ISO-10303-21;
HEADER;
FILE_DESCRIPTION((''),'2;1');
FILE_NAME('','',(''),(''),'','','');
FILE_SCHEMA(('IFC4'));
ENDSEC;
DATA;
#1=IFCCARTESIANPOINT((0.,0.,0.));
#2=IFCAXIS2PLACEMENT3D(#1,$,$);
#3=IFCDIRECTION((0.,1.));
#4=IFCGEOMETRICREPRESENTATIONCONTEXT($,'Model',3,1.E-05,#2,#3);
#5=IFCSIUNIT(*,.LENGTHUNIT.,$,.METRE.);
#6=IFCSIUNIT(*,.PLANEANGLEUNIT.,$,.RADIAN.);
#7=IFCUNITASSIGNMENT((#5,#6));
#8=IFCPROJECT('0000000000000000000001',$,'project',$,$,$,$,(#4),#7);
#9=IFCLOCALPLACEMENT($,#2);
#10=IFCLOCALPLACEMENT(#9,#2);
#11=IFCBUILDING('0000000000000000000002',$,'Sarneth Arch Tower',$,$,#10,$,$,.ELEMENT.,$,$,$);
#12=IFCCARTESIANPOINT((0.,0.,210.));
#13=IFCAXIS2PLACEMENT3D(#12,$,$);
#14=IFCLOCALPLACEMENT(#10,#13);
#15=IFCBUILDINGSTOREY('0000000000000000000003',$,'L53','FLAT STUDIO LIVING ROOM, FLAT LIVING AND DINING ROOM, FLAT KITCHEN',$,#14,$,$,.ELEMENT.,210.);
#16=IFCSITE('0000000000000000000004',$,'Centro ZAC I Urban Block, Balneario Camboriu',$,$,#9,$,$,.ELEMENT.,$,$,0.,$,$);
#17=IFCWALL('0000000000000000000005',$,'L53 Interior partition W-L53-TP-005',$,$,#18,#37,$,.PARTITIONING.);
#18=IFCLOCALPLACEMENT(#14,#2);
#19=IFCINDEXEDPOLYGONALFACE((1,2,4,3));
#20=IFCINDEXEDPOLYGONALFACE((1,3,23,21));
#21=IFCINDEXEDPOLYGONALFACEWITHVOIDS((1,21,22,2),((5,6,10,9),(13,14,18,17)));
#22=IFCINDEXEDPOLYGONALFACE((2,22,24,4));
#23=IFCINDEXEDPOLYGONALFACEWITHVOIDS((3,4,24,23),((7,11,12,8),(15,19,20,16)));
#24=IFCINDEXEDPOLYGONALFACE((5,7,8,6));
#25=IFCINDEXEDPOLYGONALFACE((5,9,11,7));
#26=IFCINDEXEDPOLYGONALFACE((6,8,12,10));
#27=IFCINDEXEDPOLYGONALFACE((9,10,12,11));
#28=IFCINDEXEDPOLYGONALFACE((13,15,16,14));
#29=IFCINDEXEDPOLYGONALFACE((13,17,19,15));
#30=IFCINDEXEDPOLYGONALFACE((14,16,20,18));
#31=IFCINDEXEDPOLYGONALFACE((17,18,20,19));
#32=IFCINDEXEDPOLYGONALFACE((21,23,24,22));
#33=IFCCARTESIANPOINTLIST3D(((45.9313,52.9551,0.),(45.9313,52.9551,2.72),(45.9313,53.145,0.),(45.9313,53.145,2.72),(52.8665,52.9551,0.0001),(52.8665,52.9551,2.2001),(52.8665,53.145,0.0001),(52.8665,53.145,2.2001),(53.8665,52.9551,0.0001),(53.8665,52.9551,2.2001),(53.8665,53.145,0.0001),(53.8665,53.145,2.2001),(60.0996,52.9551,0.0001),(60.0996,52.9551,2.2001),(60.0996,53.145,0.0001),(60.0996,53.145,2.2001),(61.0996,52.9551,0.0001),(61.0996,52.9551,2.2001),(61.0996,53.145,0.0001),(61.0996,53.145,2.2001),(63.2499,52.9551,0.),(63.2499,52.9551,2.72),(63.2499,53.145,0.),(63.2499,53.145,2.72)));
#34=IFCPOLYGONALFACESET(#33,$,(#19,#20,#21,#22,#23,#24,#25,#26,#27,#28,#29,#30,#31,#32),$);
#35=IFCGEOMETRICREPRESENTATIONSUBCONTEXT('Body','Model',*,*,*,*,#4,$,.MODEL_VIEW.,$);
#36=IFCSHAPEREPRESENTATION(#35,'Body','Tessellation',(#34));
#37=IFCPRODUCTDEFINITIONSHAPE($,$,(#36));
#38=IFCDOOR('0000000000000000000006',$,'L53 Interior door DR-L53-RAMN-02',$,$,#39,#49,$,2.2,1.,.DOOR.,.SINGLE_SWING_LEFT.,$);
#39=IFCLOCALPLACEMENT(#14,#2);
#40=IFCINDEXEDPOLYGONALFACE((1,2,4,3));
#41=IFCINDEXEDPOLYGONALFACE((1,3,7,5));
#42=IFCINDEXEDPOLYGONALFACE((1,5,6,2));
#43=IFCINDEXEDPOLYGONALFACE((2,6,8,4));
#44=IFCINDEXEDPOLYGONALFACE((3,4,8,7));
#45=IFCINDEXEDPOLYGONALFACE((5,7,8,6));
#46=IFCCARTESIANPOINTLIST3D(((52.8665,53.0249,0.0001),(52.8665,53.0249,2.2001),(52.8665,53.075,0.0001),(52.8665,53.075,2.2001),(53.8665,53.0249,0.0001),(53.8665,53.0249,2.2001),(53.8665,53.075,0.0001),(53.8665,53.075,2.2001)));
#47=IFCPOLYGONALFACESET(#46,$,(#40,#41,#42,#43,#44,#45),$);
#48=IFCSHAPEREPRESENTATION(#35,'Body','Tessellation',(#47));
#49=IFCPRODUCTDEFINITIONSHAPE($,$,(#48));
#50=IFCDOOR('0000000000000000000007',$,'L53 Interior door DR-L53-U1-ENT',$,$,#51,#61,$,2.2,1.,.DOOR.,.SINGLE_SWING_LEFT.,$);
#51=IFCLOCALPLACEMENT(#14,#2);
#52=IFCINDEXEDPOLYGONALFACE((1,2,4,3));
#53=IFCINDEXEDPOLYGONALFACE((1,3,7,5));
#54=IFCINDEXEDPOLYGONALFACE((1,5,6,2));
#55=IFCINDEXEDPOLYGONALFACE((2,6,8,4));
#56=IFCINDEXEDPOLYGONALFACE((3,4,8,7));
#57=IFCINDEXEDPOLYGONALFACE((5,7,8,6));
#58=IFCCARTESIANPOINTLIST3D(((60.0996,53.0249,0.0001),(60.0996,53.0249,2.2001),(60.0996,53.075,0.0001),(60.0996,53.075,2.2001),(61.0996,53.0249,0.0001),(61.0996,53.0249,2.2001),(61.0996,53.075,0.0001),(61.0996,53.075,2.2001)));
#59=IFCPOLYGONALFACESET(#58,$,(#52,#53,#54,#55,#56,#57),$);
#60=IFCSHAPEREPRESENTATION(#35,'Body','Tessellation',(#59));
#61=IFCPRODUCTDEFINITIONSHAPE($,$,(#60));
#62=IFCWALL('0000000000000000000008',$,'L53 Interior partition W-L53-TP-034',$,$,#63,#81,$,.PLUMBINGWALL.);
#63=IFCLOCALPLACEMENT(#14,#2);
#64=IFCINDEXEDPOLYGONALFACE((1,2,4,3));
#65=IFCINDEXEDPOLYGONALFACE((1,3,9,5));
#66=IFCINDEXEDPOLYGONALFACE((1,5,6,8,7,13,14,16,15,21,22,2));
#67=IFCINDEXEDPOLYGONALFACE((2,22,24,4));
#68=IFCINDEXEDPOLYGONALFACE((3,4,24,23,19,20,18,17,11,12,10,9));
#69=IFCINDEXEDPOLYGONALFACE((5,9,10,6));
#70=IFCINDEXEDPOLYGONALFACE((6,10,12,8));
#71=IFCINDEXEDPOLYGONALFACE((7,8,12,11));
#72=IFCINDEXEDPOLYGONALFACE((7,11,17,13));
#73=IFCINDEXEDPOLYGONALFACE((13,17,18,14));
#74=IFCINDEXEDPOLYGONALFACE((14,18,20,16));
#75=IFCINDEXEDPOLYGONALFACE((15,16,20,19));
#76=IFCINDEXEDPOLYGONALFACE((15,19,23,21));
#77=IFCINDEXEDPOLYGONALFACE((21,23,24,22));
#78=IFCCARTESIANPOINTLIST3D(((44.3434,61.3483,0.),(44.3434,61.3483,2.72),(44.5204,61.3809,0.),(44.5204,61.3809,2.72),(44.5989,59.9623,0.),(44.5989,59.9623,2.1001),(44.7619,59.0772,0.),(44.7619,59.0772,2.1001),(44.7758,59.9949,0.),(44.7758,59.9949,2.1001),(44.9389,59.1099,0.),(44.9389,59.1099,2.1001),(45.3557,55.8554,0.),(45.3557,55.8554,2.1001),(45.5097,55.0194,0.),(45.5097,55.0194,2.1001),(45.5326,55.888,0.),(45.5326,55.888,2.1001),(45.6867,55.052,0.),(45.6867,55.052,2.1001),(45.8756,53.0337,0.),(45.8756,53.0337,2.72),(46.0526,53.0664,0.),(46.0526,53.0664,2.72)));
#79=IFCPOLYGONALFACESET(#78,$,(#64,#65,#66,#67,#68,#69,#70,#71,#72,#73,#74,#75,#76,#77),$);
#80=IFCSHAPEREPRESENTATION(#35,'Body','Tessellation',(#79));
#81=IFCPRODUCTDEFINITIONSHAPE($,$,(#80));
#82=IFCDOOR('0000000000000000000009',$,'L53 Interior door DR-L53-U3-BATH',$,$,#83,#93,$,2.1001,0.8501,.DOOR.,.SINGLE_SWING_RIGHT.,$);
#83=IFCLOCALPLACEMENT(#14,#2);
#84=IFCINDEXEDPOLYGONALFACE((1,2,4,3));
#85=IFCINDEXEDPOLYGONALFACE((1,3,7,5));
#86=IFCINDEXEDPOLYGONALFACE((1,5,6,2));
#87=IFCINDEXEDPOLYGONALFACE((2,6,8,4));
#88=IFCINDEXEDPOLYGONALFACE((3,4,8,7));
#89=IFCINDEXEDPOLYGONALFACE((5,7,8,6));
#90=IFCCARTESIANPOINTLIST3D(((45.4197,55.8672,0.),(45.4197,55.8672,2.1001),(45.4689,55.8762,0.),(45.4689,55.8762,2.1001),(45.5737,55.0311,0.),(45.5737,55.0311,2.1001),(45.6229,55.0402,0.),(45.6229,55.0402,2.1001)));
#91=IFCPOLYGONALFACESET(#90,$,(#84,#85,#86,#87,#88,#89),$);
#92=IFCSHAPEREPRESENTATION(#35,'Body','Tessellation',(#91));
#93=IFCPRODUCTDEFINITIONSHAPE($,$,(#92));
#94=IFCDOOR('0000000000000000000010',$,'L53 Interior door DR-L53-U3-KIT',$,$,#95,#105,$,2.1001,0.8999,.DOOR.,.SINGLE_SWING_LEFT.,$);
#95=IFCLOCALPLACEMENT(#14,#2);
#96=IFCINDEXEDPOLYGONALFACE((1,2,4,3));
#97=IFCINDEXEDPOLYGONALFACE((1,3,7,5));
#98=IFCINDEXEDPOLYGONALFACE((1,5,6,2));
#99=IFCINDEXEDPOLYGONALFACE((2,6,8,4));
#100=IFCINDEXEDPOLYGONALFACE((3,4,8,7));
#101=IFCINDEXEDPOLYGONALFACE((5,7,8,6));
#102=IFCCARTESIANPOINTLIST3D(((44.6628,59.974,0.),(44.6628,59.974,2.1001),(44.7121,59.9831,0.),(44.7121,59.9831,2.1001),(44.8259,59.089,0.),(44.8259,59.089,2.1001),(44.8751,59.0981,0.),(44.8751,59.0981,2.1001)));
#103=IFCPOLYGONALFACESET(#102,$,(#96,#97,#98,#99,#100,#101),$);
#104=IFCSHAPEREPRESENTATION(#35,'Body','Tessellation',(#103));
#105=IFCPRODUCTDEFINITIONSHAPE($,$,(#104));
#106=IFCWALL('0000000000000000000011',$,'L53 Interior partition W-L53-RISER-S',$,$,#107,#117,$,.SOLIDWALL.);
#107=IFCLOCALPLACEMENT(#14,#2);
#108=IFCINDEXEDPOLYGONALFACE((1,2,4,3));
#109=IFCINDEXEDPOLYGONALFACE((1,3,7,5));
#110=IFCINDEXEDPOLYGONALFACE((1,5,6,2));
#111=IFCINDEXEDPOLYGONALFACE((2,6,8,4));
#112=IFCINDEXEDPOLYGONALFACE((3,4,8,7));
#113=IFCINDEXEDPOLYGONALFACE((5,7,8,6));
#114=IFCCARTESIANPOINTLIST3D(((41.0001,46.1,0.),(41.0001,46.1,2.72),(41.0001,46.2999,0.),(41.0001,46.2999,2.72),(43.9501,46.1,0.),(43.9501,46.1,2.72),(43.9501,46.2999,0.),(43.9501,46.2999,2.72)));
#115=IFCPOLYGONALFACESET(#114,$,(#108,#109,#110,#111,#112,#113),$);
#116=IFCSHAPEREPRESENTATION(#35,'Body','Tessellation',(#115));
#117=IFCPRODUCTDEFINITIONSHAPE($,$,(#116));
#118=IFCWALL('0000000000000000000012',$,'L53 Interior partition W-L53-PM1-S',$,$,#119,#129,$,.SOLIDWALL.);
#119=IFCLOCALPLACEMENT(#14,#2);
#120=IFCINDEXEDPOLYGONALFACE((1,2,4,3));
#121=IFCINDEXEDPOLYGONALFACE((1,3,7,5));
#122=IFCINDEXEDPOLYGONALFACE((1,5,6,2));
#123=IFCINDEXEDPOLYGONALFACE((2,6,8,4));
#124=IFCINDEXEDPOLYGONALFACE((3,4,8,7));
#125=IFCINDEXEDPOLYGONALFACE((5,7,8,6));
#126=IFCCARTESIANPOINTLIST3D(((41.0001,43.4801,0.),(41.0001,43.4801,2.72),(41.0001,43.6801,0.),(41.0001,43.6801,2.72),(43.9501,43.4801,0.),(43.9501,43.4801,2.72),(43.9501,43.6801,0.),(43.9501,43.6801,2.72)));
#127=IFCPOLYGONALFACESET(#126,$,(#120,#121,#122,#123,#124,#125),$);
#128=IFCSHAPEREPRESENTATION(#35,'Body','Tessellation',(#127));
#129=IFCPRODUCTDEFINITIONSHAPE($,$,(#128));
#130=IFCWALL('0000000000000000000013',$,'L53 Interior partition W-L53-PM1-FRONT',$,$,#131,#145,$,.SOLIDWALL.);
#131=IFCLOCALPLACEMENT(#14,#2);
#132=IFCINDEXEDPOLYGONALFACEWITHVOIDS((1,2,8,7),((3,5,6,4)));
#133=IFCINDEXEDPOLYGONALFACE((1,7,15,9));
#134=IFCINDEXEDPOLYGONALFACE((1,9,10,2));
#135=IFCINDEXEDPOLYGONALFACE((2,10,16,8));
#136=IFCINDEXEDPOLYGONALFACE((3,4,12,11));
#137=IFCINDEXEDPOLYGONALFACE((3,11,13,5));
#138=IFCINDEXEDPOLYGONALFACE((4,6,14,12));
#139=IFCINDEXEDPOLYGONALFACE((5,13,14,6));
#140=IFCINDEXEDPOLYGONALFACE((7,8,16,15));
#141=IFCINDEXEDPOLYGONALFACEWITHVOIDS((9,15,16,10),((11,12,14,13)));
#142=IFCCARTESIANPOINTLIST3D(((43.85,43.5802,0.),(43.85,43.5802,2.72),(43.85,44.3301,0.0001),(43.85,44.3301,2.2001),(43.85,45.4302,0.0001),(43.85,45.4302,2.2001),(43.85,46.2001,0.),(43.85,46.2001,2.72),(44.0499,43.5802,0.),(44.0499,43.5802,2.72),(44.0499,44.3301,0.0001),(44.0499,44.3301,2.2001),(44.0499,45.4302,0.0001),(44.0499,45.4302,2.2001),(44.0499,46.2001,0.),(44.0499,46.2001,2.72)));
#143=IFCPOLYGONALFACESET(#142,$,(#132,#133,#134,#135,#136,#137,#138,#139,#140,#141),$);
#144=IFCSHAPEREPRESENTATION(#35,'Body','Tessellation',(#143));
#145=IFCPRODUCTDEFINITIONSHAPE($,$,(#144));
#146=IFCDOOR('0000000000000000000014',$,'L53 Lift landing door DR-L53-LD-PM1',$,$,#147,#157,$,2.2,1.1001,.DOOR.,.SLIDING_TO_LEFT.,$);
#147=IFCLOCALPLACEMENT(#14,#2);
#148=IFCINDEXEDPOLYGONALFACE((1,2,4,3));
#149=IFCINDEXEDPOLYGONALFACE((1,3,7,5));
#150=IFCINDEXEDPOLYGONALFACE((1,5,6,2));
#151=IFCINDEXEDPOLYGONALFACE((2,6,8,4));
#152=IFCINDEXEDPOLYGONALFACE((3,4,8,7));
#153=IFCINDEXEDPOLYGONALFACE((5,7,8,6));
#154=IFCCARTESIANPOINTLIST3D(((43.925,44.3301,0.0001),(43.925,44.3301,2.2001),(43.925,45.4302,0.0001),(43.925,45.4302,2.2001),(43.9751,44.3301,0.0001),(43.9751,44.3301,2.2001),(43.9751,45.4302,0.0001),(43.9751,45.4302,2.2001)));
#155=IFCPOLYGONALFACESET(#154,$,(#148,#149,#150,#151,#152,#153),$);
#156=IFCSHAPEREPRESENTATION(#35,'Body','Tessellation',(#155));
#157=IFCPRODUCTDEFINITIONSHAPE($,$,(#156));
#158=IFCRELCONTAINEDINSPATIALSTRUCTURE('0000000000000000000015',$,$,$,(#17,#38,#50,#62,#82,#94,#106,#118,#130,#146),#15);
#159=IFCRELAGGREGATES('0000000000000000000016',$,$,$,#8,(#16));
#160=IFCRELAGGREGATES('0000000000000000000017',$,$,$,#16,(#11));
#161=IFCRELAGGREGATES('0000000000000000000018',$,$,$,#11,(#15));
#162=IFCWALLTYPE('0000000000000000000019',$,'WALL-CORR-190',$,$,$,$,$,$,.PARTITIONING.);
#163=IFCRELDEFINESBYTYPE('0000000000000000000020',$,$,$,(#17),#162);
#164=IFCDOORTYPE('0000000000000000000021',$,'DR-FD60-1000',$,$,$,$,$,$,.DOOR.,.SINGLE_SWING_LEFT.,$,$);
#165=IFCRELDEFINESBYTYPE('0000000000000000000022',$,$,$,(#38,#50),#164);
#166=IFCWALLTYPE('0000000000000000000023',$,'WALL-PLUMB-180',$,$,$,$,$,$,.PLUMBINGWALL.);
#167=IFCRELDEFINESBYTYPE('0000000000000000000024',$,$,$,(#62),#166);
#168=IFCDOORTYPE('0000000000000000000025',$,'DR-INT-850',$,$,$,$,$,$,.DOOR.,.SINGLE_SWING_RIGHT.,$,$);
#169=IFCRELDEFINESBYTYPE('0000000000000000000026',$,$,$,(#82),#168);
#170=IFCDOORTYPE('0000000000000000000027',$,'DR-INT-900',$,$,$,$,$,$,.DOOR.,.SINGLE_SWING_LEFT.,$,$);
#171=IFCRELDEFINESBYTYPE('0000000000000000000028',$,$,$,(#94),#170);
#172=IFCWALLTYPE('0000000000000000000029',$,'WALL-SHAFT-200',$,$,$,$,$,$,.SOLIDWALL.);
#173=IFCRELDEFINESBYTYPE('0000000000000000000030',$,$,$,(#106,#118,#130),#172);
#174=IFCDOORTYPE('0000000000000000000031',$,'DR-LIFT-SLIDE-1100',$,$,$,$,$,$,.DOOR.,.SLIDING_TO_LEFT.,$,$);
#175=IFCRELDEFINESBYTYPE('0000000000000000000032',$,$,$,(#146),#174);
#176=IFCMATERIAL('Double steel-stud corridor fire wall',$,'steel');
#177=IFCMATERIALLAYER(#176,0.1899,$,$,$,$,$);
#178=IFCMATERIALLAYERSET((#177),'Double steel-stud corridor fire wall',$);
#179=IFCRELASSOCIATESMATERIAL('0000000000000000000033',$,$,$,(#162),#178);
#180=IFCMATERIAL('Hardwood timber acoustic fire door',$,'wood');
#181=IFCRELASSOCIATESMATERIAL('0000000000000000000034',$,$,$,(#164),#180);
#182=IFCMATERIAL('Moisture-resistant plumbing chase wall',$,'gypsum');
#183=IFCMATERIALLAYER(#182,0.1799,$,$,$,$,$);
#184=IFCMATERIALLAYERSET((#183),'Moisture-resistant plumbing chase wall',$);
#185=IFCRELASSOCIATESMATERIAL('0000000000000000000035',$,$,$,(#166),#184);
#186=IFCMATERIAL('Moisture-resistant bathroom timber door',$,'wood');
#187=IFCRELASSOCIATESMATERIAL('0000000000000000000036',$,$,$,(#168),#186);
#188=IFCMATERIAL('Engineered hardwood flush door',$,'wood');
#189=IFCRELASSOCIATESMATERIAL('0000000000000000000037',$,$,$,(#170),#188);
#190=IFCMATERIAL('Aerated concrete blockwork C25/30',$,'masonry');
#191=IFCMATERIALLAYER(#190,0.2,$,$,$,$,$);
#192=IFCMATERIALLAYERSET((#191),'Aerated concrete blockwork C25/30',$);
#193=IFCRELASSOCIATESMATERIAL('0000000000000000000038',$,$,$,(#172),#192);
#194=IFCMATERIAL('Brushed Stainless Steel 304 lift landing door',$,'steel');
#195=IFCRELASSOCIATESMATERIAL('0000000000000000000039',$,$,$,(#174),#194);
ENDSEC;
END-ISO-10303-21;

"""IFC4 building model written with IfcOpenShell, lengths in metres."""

from ifc_helpers import new_model, si_unit, direction, frame, frame_2d, origin, place, context, subcontext, project, spatial, rectangle, extrude, material, layer, layer_set, type_object, element, fill, save


model = new_model("IFC4")

# Units and contexts
model_context = context("Model", 3, precision=1e-05, world=origin(), true_north=direction((0.0, 1.0)))
body_context = subcontext(model_context, "Body", "Model", "MODEL_VIEW")
ifc_project = project(units=[si_unit("LENGTHUNIT", "METRE"), si_unit("PLANEANGLEUNIT", "RADIAN")], contexts=[model_context])

# Site, building, storey
site_placement = place(None, origin())
site = spatial("IfcSite", under=ifc_project, at=site_placement, Name="Centro ZAC I Urban Block, Balneario Camboriu", CompositionType="ELEMENT", RefElevation=0.0)
building_placement = place(site_placement, origin())
building = spatial("IfcBuilding", under=site, at=building_placement, Name="Sarneth Arch Tower", CompositionType="ELEMENT")
storey_placement = place(building_placement, frame((0.0, 0.0, 210.0)))
storey = spatial("IfcBuildingStorey", under=building, at=storey_placement, Name="L53", Description="FLAT STUDIO LIVING ROOM, FLAT LIVING AND DINING ROOM, FLAT KITCHEN", CompositionType="ELEMENT", Elevation=210.0)

# Walls, openings, doors
ifc_material_1 = material(Name="Double steel-stud corridor fire wall", Category="steel")
ifc_layer_1 = layer(ifc_material_1, 0.1899)
ifc_layer_set_1 = layer_set([ifc_layer_1], Name="Double steel-stud corridor fire wall")
wall_type_1 = type_object("IfcWallType", Name="WALL-CORR-190", PredefinedType="PARTITIONING", material=ifc_layer_set_1)
wall_1_placement = place(storey_placement, frame((45.9314, 53.05, 0.0), z_axis=(0.0, 0.0, 1.0), x_axis=(1.0, 0.0, 0.0)))
wall_1 = element("IfcWall", 1, at=wall_1_placement, inside=storey, type_object=wall_type_1, Name="L53 Interior partition W-L53-TP-005", PredefinedType="PARTITIONING", context=body_context, shape_type="SweptSolid", body=[
    extrude(rectangle(XDim=17.3186, YDim=0.1899, at=frame_2d((8.6592, 0.0))), origin(), (0.0, 0.0, 1.0), 2.72),
])
opening_1_placement = place(wall_1_placement, frame((6.9351, 0.0, 0.0)))
opening_1 = element("IfcOpeningElement", 2, at=opening_1_placement, cuts=wall_1, PredefinedType="OPENING", context=body_context, shape_type="SweptSolid", body=[
    extrude(rectangle(XDim=1.0, YDim=2.2, at=frame_2d((0.5, 1.1001))), frame((0.0, 0.105, 0.0), z_axis=(0.0, -1.0, 0.0), x_axis=(1.0, 0.0, 0.0)), (0.0, 0.0, 1.0), 0.21),
])
opening_2_placement = place(wall_1_placement, frame((14.1682, 0.0, 0.0)))
opening_2 = element("IfcOpeningElement", 3, at=opening_2_placement, cuts=wall_1, PredefinedType="OPENING", context=body_context, shape_type="SweptSolid", body=[
    extrude(rectangle(XDim=1.0, YDim=2.2, at=frame_2d((0.5, 1.1001))), frame((0.0, 0.105, 0.0), z_axis=(0.0, -1.0, 0.0), x_axis=(1.0, 0.0, 0.0)), (0.0, 0.0, 1.0), 0.21),
])
ifc_material_2 = material(Name="Hardwood timber acoustic fire door", Category="wood")
door_type_1 = type_object("IfcDoorType", Name="DR-FD60-1000", OperationType="SINGLE_SWING_LEFT", PredefinedType="DOOR", material=ifc_material_2)
door_1_placement = place(opening_1_placement, origin())
door_1 = element("IfcDoor", 4, at=door_1_placement, inside=storey, type_object=door_type_1, Name="L53 Interior door DR-L53-RAMN-02", OperationType="SINGLE_SWING_LEFT", OverallHeight=2.2, OverallWidth=1.0, PredefinedType="DOOR", context=body_context, shape_type="SweptSolid", body=[
    extrude(rectangle(XDim=1.0, YDim=2.2, at=frame_2d((0.5, 1.1001))), frame((0.0, 0.0249, 0.0), z_axis=(0.0, -1.0, 0.0), x_axis=(1.0, 0.0, 0.0)), (0.0, 0.0, 1.0), 0.05),
])
fill(opening_1, door_1)
door_2_placement = place(opening_2_placement, origin())
door_2 = element("IfcDoor", 5, at=door_2_placement, inside=storey, type_object=door_type_1, Name="L53 Interior door DR-L53-U1-ENT", OperationType="SINGLE_SWING_LEFT", OverallHeight=2.2, OverallWidth=1.0, PredefinedType="DOOR", context=body_context, shape_type="SweptSolid", body=[
    extrude(rectangle(XDim=1.0, YDim=2.2, at=frame_2d((0.5, 1.1001))), frame((0.0, 0.0249, 0.0), z_axis=(0.0, -1.0, 0.0), x_axis=(1.0, 0.0, 0.0)), (0.0, 0.0, 1.0), 0.05),
])
fill(opening_2, door_2)
ifc_material_3 = material(Name="Moisture-resistant plumbing chase wall", Category="gypsum")
ifc_layer_2 = layer(ifc_material_3, 0.1799)
ifc_layer_set_2 = layer_set([ifc_layer_2], Name="Moisture-resistant plumbing chase wall")
wall_type_2 = type_object("IfcWallType", Name="WALL-PLUMB-180", PredefinedType="PLUMBINGWALL", material=ifc_layer_set_2)
wall_2_placement = place(storey_placement, frame((45.9641, 53.05, 0.0), z_axis=(0.0, 0.0, 1.0), x_axis=(-0.181228, 0.983441, 0.0)))
wall_2 = element("IfcWall", 6, at=wall_2_placement, inside=storey, type_object=wall_type_2, Name="L53 Interior partition W-L53-TP-034", PredefinedType="PLUMBINGWALL", context=body_context, shape_type="SweptSolid", body=[
    extrude(rectangle(XDim=8.4546, YDim=0.1799, at=frame_2d((4.2273, 0.0))), origin(), (0.0, 0.0, 1.0), 2.72),
])
opening_3_placement = place(wall_2_placement, frame((2.019, 0.0, 0.0)))
opening_3 = element("IfcOpeningElement", 7, at=opening_3_placement, cuts=wall_2, PredefinedType="OPENING", context=body_context, shape_type="SweptSolid", body=[
    extrude(rectangle(XDim=0.8501, YDim=2.1001, at=frame_2d((0.425, 1.05))), frame((0.0, 0.0999, 0.0), z_axis=(0.0, -1.0, 0.0), x_axis=(1.0, 0.0, 0.0)), (0.0, 0.0, 1.0), 0.2),
])
opening_4_placement = place(wall_2_placement, frame((6.1453, 0.0, 0.0)))
opening_4 = element("IfcOpeningElement", 8, at=opening_4_placement, cuts=wall_2, PredefinedType="OPENING", context=body_context, shape_type="SweptSolid", body=[
    extrude(rectangle(XDim=0.8999, YDim=2.1001, at=frame_2d((0.45, 1.05))), frame((0.0, 0.0999, 0.0), z_axis=(0.0, -1.0, 0.0), x_axis=(1.0, 0.0, 0.0)), (0.0, 0.0, 1.0), 0.2),
])
ifc_material_4 = material(Name="Moisture-resistant bathroom timber door", Category="wood")
door_type_2 = type_object("IfcDoorType", Name="DR-INT-850", OperationType="SINGLE_SWING_RIGHT", PredefinedType="DOOR", material=ifc_material_4)
door_3_placement = place(opening_3_placement, origin())
door_3 = element("IfcDoor", 9, at=door_3_placement, inside=storey, type_object=door_type_2, Name="L53 Interior door DR-L53-U3-BATH", OperationType="SINGLE_SWING_RIGHT", OverallHeight=2.1001, OverallWidth=0.8501, PredefinedType="DOOR", context=body_context, shape_type="SweptSolid", body=[
    extrude(rectangle(XDim=0.8501, YDim=2.1001, at=frame_2d((0.425, 1.05))), frame((0.0, 0.0249, 0.0), z_axis=(0.0, -1.0, 0.0), x_axis=(1.0, 0.0, 0.0)), (0.0, 0.0, 1.0), 0.05),
])
fill(opening_3, door_3)
ifc_material_5 = material(Name="Engineered hardwood flush door", Category="wood")
door_type_3 = type_object("IfcDoorType", Name="DR-INT-900", OperationType="SINGLE_SWING_LEFT", PredefinedType="DOOR", material=ifc_material_5)
door_4_placement = place(opening_4_placement, origin())
door_4 = element("IfcDoor", 10, at=door_4_placement, inside=storey, type_object=door_type_3, Name="L53 Interior door DR-L53-U3-KIT", OperationType="SINGLE_SWING_LEFT", OverallHeight=2.1001, OverallWidth=0.8999, PredefinedType="DOOR", context=body_context, shape_type="SweptSolid", body=[
    extrude(rectangle(XDim=0.8999, YDim=2.1001, at=frame_2d((0.45, 1.05))), frame((0.0, 0.0249, 0.0), z_axis=(0.0, -1.0, 0.0), x_axis=(1.0, 0.0, 0.0)), (0.0, 0.0, 1.0), 0.05),
])
fill(opening_4, door_4)

# Wall
ifc_material_6 = material(Name="Aerated concrete blockwork C25/30", Category="masonry")
ifc_layer_3 = layer(ifc_material_6, 0.2)
ifc_layer_set_3 = layer_set([ifc_layer_3], Name="Aerated concrete blockwork C25/30")
wall_type_3 = type_object("IfcWallType", Name="WALL-SHAFT-200", PredefinedType="SOLIDWALL", material=ifc_layer_set_3)
wall_3_placement = place(storey_placement, frame((41.0, 46.2, 0.0), z_axis=(0.0, 0.0, 1.0), x_axis=(1.0, 0.0, 0.0)))
element("IfcWall", 11, at=wall_3_placement, inside=storey, type_object=wall_type_3, Name="L53 Interior partition W-L53-RISER-S", PredefinedType="SOLIDWALL", context=body_context, shape_type="SweptSolid", body=[
    extrude(rectangle(XDim=2.95, YDim=0.2, at=frame_2d((1.4751, 0.0))), origin(), (0.0, 0.0, 1.0), 2.72),
])

# Wall
wall_4_placement = place(storey_placement, frame((41.0, 43.5801, 0.0), z_axis=(0.0, 0.0, 1.0), x_axis=(1.0, 0.0, 0.0)))
element("IfcWall", 12, at=wall_4_placement, inside=storey, type_object=wall_type_3, Name="L53 Interior partition W-L53-PM1-S", PredefinedType="SOLIDWALL", context=body_context, shape_type="SweptSolid", body=[
    extrude(rectangle(XDim=2.95, YDim=0.2, at=frame_2d((1.4751, 0.0))), origin(), (0.0, 0.0, 1.0), 2.72),
])

# Wall, opening, door
wall_5_placement = place(storey_placement, frame((43.95, 43.5801, 0.0), z_axis=(0.0, 0.0, 1.0), x_axis=(0.0, 1.0, 0.0)))
wall_5 = element("IfcWall", 13, at=wall_5_placement, inside=storey, type_object=wall_type_3, Name="L53 Interior partition W-L53-PM1-FRONT", PredefinedType="SOLIDWALL", context=body_context, shape_type="SweptSolid", body=[
    extrude(rectangle(XDim=2.6199, YDim=0.2, at=frame_2d((1.3101, 0.0))), origin(), (0.0, 0.0, 1.0), 2.72),
])
opening_5_placement = place(wall_5_placement, frame((0.75, 0.0, 0.0)))
opening_5 = element("IfcOpeningElement", 14, at=opening_5_placement, cuts=wall_5, PredefinedType="OPENING", context=body_context, shape_type="SweptSolid", body=[
    extrude(rectangle(XDim=1.1001, YDim=2.2, at=frame_2d((0.55, 1.1001))), frame((0.0, 0.1099, 0.0), z_axis=(0.0, -1.0, 0.0), x_axis=(1.0, 0.0, 0.0)), (0.0, 0.0, 1.0), 0.22),
])
ifc_material_7 = material(Name="Brushed Stainless Steel 304 lift landing door", Category="steel")
door_type_4 = type_object("IfcDoorType", Name="DR-LIFT-SLIDE-1100", OperationType="SLIDING_TO_LEFT", PredefinedType="DOOR", material=ifc_material_7)
door_5_placement = place(opening_5_placement, origin())
door_5 = element("IfcDoor", 15, at=door_5_placement, inside=storey, type_object=door_type_4, Name="L53 Lift landing door DR-L53-LD-PM1", OperationType="SLIDING_TO_LEFT", OverallHeight=2.2, OverallWidth=1.1001, PredefinedType="DOOR", context=body_context, shape_type="SweptSolid", body=[
    extrude(rectangle(XDim=1.1001, YDim=2.2, at=frame_2d((0.55, 1.1001))), frame((0.0, 0.0249, 0.0), z_axis=(0.0, -1.0, 0.0), x_axis=(1.0, 0.0, 0.0)), (0.0, 0.0, 1.0), 0.05),
])
fill(opening_5, door_5)

save(model, "model.ifc")
